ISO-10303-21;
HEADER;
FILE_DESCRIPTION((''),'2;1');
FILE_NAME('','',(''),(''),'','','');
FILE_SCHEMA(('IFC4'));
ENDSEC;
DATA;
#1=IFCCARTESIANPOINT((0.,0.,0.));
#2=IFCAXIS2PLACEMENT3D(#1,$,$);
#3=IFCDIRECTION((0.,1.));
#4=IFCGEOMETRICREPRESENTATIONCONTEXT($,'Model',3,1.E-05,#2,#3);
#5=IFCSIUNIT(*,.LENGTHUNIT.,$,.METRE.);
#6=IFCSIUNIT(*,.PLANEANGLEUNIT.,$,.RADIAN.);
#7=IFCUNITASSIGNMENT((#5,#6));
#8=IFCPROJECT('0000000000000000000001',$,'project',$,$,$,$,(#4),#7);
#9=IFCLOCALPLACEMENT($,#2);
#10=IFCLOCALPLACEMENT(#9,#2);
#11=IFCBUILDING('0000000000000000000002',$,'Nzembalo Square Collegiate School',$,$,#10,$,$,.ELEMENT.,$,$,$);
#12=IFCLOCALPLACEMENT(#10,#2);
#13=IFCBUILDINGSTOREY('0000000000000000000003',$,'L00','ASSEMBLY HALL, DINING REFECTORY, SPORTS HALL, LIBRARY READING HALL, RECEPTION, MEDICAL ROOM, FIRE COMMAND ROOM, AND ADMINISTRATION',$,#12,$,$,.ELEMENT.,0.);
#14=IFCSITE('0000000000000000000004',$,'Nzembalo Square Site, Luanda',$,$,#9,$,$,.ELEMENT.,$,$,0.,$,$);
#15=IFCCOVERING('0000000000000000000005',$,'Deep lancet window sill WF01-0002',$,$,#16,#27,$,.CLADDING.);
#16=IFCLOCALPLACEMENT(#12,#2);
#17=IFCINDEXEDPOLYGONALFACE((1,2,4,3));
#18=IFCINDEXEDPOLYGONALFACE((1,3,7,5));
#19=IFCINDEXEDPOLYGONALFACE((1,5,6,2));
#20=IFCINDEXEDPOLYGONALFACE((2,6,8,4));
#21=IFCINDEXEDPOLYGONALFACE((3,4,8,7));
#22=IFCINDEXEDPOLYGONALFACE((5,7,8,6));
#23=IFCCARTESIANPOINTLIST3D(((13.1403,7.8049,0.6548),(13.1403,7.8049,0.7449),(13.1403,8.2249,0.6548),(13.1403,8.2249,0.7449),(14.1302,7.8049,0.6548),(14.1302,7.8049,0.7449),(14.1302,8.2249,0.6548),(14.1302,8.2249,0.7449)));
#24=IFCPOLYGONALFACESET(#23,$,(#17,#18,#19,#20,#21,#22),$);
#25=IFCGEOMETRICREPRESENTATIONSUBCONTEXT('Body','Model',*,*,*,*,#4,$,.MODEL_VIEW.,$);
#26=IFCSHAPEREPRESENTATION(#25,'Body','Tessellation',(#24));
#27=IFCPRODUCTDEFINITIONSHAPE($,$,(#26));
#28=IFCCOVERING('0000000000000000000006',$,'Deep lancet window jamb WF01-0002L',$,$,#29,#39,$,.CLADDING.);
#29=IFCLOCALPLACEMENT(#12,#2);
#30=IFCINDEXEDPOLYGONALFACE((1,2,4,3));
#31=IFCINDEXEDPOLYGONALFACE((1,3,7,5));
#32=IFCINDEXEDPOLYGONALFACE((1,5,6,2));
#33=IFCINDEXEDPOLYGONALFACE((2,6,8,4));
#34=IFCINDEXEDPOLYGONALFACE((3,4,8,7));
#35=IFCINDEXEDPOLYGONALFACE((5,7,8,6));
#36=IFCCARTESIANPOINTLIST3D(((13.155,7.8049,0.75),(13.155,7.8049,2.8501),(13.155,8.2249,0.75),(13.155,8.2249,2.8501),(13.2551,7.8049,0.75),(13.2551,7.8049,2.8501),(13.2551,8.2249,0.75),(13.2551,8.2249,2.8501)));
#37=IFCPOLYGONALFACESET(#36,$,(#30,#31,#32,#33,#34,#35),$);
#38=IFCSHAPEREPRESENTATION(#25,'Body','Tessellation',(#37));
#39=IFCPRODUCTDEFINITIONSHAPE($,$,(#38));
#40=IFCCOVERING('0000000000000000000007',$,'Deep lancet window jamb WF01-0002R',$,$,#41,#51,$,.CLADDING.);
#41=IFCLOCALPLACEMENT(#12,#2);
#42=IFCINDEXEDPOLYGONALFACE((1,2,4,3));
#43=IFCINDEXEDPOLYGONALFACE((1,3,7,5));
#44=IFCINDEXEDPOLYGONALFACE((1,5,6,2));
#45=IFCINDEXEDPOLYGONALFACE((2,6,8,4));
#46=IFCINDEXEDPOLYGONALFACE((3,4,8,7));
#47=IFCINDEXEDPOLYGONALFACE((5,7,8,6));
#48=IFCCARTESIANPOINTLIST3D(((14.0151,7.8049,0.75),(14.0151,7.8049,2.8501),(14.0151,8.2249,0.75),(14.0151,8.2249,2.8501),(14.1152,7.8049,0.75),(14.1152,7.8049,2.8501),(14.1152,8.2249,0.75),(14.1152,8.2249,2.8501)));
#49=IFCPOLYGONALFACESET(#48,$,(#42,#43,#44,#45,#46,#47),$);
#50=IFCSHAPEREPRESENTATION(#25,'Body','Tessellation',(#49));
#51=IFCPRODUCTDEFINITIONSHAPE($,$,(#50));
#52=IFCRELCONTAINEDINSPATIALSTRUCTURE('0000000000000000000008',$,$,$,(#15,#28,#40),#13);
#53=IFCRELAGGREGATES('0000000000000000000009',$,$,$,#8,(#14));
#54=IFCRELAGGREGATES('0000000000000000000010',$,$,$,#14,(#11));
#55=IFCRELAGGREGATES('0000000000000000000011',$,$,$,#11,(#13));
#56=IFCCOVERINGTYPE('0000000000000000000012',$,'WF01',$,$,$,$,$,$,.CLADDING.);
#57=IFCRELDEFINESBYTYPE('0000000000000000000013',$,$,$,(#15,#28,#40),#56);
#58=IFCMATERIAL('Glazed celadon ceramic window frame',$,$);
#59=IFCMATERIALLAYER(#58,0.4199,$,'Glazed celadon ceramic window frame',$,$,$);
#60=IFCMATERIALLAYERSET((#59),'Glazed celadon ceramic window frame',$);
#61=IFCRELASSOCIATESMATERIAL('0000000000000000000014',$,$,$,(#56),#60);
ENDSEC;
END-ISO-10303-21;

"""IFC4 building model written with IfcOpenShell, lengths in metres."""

from ifc_helpers import new_model, si_unit, direction, frame, origin, origin_2d, place, context, subcontext, project, spatial, rectangle, extrude, material, layer, layer_set, type_object, element, save


model = new_model("IFC4")

# Units and contexts
model_context = context("Model", 3, precision=1e-05, world=origin(), true_north=direction((0.0, 1.0)))
body_context = subcontext(model_context, "Body", "Model", "MODEL_VIEW")
ifc_project = project(units=[si_unit("LENGTHUNIT", "METRE"), si_unit("PLANEANGLEUNIT", "RADIAN")], contexts=[model_context])

# Site, building, storey
site_placement = place(None, origin())
site = spatial("IfcSite", under=ifc_project, at=site_placement, Name="Nzembalo Square Site, Luanda", CompositionType="ELEMENT", RefElevation=0.0)
building_placement = place(site_placement, origin())
building = spatial("IfcBuilding", under=site, at=building_placement, Name="Nzembalo Square Collegiate School", CompositionType="ELEMENT")
storey_placement = place(building_placement, origin())
storey = spatial("IfcBuildingStorey", under=building, at=storey_placement, Name="L00", Description="ASSEMBLY HALL, DINING REFECTORY, SPORTS HALL, LIBRARY READING HALL, RECEPTION, MEDICAL ROOM, FIRE COMMAND ROOM, AND ADMINISTRATION", CompositionType="ELEMENT", Elevation=0.0)

# Coverings
ifc_material_1 = material(Name="Glazed celadon ceramic window frame")
ifc_layer_1 = layer(ifc_material_1, 0.4199, Name="Glazed celadon ceramic window frame")
ifc_layer_set_1 = layer_set([ifc_layer_1], Name="Glazed celadon ceramic window frame")
covering_type_1 = type_object("IfcCoveringType", Name="WF01", PredefinedType="CLADDING", material=ifc_layer_set_1)
covering_1_placement = place(storey_placement, frame((13.6353, 8.0149, 0.6548), z_axis=(0.0, 0.0, 1.0), x_axis=(1.0, 0.0, 0.0)))
element("IfcCovering", 1, at=covering_1_placement, inside=storey, type_object=covering_type_1, Name="Deep lancet window sill WF01-0002", PredefinedType="CLADDING", context=body_context, shape_type="SweptSolid", body=[
    extrude(rectangle(XDim=0.99, YDim=0.4199, at=origin_2d()), origin(), (0.0, 0.0, 1.0), 0.0901),
])
for number, where, z_axis, x_axis, name in (
    (2, (13.2051, 8.0149, 0.75), (0.0, 0.0, 1.0), (1.0, 0.0, 0.0), "Deep lancet window jamb WF01-0002L"),
    (3, (14.0652, 8.0149, 0.75), (0.0, 0.0, 1.0), (1.0, 0.0, 0.0), "Deep lancet window jamb WF01-0002R"),
):
    element("IfcCovering", number, at=place(storey_placement, frame(where, z_axis=z_axis, x_axis=x_axis)), inside=storey, type_object=covering_type_1, Name=name, PredefinedType="CLADDING", context=body_context, shape_type="SweptSolid", body=[
        extrude(rectangle(XDim=0.1001, YDim=0.4199, at=origin_2d()), origin(), (0.0, 0.0, 1.0), 2.1001),
    ])

save(model, "model.ifc")
